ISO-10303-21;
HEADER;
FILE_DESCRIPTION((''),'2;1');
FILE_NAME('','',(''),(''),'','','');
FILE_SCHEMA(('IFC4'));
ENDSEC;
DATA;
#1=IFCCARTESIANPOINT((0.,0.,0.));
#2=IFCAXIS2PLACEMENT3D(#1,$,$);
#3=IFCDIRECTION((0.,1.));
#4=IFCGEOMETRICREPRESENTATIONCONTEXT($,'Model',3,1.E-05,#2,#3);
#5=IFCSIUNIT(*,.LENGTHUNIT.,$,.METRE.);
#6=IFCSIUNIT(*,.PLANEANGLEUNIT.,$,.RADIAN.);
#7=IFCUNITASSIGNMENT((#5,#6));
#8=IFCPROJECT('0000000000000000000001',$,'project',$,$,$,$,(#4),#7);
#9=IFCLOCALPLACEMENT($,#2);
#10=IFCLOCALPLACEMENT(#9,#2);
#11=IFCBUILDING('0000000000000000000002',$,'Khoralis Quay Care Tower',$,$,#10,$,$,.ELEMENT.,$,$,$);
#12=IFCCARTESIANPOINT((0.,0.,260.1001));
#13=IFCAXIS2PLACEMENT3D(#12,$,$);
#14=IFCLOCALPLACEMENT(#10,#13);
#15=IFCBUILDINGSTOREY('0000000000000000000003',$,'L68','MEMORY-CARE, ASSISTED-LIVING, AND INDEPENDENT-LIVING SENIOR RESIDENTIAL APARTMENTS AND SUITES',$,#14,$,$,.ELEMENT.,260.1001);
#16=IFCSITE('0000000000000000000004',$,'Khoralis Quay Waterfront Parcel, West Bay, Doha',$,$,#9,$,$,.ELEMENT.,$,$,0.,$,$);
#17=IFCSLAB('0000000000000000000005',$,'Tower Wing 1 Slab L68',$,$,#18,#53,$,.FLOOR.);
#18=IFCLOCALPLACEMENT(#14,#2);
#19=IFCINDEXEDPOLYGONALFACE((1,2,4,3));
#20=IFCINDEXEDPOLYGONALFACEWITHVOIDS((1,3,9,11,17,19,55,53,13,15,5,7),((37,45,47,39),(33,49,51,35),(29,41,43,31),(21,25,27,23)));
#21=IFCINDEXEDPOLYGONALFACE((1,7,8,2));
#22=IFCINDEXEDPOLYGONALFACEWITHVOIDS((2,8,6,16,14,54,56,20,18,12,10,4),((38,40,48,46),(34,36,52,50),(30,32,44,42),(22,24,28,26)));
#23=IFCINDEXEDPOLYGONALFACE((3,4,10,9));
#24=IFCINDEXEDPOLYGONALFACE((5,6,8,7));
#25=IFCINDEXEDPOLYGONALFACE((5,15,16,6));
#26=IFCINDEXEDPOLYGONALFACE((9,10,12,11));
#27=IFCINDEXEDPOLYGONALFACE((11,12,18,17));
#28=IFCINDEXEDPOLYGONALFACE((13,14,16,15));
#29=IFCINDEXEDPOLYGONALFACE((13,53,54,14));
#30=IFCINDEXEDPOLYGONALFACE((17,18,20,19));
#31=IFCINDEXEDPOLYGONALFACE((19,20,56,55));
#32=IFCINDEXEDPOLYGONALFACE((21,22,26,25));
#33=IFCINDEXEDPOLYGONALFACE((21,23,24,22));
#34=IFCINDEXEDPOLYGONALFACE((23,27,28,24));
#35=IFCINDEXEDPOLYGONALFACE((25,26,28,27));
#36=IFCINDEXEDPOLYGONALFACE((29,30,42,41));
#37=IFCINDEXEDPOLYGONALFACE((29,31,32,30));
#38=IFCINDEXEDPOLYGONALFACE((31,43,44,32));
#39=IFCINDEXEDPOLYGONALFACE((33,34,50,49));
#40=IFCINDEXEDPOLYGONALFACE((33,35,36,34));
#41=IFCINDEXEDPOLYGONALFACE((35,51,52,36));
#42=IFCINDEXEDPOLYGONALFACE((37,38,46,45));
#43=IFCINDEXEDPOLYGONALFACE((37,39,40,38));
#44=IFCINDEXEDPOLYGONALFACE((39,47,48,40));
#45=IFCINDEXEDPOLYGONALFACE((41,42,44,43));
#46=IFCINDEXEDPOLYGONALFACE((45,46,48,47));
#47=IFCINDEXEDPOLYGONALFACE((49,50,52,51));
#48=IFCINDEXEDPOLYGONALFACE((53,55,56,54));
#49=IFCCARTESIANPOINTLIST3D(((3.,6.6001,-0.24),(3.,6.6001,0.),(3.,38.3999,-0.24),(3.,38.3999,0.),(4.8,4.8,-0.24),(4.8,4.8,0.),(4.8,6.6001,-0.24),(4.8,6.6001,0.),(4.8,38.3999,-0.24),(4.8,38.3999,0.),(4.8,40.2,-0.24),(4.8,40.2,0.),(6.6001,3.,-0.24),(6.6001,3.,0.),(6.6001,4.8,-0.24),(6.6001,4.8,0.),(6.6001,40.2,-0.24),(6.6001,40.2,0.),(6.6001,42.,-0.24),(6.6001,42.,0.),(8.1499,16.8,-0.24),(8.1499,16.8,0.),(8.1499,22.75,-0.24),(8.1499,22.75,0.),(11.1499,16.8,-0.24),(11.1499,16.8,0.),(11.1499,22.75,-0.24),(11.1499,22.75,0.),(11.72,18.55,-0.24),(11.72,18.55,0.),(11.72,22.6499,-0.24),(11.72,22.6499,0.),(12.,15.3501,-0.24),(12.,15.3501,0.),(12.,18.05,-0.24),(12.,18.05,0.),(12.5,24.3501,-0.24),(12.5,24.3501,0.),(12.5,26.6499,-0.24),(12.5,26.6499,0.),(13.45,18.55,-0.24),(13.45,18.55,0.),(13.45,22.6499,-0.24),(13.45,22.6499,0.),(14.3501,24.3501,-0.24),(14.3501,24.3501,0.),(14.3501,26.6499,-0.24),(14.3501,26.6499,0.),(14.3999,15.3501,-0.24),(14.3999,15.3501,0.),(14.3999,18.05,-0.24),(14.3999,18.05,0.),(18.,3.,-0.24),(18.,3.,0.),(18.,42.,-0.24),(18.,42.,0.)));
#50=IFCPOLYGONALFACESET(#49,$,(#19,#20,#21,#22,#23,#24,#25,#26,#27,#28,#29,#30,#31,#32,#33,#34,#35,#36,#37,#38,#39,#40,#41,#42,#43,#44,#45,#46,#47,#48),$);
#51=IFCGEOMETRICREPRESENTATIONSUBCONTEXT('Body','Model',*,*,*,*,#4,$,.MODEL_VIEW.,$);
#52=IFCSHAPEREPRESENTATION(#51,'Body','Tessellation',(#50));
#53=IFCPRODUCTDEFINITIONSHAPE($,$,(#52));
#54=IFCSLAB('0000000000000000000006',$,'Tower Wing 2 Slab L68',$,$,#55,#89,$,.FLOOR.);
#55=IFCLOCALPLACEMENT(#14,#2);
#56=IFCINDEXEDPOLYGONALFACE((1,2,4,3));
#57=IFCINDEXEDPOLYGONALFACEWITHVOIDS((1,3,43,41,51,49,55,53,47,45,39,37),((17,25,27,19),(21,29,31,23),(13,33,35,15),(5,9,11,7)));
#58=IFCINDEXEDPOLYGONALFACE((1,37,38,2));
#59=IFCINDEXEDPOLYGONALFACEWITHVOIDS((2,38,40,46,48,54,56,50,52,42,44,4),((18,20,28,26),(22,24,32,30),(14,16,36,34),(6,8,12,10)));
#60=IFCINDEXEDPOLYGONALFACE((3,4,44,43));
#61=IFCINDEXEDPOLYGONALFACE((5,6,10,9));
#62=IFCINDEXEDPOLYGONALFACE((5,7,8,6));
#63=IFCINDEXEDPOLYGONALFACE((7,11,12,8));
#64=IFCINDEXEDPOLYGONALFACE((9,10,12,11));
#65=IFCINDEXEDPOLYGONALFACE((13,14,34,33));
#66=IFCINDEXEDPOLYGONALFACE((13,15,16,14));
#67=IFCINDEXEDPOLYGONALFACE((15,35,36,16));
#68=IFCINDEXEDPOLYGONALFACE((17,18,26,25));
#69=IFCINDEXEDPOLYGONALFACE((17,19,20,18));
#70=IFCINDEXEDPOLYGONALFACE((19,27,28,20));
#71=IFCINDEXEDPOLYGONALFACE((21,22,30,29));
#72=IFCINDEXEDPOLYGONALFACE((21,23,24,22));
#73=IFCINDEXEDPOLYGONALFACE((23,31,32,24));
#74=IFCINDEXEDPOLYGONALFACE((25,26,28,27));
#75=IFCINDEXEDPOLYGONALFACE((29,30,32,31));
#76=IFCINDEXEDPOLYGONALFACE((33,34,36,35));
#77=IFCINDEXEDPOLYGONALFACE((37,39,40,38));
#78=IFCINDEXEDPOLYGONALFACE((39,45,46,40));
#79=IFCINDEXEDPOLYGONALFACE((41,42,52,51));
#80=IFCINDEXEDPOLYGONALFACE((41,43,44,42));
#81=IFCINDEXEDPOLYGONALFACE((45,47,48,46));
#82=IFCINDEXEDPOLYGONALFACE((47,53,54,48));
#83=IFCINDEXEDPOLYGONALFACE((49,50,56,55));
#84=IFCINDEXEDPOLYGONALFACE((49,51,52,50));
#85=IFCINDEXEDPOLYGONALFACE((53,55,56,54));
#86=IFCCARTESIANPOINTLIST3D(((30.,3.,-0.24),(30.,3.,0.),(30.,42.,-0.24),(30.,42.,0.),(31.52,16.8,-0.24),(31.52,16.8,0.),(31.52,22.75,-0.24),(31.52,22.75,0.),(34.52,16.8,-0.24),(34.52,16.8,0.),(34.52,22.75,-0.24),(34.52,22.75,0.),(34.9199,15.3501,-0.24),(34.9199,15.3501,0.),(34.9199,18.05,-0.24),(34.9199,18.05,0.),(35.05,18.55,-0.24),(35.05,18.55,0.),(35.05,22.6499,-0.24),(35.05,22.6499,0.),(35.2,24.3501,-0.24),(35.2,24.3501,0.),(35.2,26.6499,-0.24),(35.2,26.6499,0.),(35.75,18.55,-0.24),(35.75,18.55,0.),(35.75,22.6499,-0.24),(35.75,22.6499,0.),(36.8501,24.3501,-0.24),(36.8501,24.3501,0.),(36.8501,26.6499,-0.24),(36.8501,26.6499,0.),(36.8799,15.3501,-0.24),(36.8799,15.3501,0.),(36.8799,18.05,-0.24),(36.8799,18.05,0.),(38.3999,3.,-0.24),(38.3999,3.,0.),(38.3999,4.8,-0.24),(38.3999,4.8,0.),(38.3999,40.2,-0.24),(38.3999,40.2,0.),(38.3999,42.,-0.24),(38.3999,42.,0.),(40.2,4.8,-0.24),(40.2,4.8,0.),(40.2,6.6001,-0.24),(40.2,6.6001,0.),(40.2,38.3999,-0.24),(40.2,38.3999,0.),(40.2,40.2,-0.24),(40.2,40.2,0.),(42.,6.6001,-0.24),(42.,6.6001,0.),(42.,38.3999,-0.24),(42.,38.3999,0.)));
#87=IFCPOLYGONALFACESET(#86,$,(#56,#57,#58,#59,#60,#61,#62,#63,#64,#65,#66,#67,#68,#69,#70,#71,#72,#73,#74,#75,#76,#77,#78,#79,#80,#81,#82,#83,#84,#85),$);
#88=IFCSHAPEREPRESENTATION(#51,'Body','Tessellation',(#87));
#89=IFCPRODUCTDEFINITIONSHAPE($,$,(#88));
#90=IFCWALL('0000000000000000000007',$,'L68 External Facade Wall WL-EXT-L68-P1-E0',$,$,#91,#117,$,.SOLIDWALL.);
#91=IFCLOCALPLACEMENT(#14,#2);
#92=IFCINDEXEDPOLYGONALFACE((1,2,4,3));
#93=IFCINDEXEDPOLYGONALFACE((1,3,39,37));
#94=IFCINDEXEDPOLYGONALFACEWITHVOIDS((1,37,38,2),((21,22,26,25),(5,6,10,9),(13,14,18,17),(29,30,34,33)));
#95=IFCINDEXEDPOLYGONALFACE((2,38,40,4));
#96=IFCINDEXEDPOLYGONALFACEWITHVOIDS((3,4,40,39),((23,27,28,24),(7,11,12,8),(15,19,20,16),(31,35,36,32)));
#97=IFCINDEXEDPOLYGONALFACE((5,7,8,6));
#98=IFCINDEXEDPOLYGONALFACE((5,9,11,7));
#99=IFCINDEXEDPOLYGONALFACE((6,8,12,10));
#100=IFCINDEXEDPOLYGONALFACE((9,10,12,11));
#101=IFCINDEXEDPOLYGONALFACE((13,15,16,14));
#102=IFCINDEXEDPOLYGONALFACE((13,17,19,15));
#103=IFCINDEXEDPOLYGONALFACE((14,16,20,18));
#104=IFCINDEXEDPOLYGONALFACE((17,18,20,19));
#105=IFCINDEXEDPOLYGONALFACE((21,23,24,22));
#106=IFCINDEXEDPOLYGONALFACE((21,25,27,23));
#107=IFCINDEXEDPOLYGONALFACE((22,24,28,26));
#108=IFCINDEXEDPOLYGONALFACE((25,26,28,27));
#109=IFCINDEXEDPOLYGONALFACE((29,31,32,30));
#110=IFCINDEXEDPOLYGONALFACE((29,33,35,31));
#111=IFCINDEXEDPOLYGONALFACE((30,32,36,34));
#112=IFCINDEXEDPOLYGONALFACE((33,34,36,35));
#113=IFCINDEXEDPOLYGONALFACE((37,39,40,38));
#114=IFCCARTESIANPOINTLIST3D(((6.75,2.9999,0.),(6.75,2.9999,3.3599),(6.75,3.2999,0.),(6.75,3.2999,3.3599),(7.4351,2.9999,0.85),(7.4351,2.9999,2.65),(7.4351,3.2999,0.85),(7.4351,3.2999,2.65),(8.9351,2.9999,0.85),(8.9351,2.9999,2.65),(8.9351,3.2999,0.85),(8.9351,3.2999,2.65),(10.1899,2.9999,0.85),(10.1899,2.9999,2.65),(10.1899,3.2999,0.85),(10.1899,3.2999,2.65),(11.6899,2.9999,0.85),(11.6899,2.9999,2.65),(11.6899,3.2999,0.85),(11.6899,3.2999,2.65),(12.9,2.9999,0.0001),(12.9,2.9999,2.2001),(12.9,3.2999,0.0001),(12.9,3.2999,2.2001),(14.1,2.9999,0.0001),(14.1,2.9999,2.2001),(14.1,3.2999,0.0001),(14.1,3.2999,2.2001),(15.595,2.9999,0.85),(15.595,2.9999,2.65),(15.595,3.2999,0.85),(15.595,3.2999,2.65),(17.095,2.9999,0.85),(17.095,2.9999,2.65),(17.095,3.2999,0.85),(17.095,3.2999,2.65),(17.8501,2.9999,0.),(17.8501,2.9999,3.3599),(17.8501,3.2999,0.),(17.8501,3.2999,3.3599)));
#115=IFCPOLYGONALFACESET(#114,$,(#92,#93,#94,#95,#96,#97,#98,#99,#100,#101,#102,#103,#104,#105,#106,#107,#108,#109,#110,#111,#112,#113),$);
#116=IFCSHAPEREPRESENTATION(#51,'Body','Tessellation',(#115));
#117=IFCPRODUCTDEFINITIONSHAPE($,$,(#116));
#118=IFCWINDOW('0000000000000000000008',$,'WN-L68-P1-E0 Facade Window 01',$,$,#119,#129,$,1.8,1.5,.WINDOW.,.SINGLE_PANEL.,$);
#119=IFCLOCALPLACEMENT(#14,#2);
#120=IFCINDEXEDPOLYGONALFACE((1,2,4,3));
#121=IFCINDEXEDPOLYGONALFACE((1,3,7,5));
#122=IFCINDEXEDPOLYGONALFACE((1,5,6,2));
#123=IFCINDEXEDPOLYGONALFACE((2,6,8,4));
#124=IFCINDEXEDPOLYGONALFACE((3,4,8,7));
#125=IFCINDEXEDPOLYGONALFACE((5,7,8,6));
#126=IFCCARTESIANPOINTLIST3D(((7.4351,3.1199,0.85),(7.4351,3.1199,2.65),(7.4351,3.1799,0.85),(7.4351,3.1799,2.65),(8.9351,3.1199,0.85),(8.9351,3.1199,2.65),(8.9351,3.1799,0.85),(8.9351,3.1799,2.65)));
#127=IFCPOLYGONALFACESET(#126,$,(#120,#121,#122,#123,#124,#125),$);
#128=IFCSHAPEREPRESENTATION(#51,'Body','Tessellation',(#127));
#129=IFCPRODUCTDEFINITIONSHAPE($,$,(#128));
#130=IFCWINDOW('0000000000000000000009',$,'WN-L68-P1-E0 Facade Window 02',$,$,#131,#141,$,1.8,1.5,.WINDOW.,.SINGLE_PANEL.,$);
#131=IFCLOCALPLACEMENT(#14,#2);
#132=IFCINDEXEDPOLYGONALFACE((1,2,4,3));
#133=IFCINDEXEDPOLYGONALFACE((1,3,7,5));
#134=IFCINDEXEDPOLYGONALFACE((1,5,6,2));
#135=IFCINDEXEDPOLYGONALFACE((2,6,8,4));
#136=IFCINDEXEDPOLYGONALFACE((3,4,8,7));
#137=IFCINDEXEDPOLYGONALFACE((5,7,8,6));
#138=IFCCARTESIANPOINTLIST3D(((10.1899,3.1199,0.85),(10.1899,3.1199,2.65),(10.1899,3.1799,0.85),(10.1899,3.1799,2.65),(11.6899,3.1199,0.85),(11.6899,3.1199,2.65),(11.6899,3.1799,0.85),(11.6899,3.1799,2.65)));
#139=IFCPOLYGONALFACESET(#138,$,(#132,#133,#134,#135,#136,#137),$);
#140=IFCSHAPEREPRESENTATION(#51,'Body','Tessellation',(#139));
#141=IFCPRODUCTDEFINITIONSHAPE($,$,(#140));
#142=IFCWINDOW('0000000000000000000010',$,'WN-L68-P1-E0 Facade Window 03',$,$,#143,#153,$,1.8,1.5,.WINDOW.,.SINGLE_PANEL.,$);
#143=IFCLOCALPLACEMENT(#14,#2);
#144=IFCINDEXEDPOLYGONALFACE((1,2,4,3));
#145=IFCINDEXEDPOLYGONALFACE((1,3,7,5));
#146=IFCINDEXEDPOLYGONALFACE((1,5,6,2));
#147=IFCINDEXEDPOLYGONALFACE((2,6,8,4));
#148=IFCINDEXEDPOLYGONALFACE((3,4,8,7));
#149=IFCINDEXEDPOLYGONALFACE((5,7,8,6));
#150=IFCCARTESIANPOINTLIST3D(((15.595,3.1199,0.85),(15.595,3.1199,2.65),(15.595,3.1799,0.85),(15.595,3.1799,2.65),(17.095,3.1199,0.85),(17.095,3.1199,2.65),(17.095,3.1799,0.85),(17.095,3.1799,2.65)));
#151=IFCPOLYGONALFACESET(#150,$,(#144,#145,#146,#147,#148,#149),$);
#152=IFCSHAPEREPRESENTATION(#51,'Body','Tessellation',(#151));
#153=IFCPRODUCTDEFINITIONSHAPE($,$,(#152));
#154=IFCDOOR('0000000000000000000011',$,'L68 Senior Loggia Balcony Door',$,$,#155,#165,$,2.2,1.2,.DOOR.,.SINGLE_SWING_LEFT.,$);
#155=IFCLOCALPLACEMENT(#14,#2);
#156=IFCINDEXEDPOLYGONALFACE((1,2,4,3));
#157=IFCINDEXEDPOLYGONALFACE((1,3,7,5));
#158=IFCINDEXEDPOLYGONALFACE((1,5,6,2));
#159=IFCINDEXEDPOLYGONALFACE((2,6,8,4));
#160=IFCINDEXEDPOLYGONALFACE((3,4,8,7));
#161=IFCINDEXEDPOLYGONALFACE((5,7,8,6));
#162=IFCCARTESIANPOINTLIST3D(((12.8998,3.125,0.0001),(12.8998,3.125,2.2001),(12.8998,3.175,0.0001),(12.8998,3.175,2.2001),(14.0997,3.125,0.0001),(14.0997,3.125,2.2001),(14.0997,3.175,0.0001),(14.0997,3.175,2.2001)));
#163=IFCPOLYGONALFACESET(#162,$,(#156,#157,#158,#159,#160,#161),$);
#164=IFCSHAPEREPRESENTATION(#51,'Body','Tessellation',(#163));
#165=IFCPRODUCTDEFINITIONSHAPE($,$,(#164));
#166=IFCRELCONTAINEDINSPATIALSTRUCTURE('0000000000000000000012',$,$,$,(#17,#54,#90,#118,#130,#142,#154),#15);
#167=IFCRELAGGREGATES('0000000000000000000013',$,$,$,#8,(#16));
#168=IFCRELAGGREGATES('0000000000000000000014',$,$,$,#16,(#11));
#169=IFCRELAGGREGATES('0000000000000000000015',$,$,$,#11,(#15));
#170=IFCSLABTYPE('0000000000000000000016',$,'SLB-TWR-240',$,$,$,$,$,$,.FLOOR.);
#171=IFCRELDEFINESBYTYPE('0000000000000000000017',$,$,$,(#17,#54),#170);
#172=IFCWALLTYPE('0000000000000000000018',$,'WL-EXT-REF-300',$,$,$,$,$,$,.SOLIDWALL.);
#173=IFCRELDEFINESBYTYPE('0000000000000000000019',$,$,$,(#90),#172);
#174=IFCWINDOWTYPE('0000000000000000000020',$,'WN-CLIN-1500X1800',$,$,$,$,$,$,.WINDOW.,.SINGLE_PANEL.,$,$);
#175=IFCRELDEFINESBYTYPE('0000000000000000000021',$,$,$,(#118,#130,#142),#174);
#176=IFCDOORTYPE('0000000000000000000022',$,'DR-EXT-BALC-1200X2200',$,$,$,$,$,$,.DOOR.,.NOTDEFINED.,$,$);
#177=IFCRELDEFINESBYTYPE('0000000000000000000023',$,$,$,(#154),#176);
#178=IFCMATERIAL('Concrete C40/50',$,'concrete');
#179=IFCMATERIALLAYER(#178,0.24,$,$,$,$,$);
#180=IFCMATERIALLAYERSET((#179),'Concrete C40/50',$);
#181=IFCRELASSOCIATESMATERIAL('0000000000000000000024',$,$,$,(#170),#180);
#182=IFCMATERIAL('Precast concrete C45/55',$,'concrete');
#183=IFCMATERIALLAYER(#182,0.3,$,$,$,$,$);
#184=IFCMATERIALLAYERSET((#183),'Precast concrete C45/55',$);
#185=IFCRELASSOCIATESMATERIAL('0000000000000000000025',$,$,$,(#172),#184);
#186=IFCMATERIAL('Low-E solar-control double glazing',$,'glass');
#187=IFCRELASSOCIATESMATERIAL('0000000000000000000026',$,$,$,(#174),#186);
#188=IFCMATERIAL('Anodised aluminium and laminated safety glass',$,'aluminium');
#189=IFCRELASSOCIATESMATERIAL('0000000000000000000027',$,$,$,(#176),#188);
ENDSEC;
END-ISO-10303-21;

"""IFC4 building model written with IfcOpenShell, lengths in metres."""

from ifc_helpers import new_model, si_unit, direction, frame, frame_2d, origin, place, context, subcontext, project, spatial, polyline, rectangle, outline, extrude, source, transform, mapped, material, layer, layer_set, type_object, element, fill, save


model = new_model("IFC4")

# Units and contexts
model_context = context("Model", 3, precision=1e-05, world=origin(), true_north=direction((0.0, 1.0)))
body_context = subcontext(model_context, "Body", "Model", "MODEL_VIEW")
ifc_project = project(units=[si_unit("LENGTHUNIT", "METRE"), si_unit("PLANEANGLEUNIT", "RADIAN")], contexts=[model_context])

# Site, building, storey
site_placement = place(None, origin())
site = spatial("IfcSite", under=ifc_project, at=site_placement, Name="Khoralis Quay Waterfront Parcel, West Bay, Doha", CompositionType="ELEMENT", RefElevation=0.0)
building_placement = place(site_placement, origin())
building = spatial("IfcBuilding", under=site, at=building_placement, Name="Khoralis Quay Care Tower", CompositionType="ELEMENT")
storey_placement = place(building_placement, frame((0.0, 0.0, 260.1001)))
storey = spatial("IfcBuildingStorey", under=building, at=storey_placement, Name="L68", Description="MEMORY-CARE, ASSISTED-LIVING, AND INDEPENDENT-LIVING SENIOR RESIDENTIAL APARTMENTS AND SUITES", CompositionType="ELEMENT", Elevation=260.1001)

# Shared definitions
ifc_material_1 = material(Name="Precast concrete C45/55", Category="concrete")

# Slabs
ifc_material_2 = material(Name="Concrete C40/50", Category="concrete")
ifc_layer_1 = layer(ifc_material_2, 0.24)
ifc_layer_set_1 = layer_set([ifc_layer_1], Name="Concrete C40/50")
slab_type_1 = type_object("IfcSlabType", Name="SLB-TWR-240", PredefinedType="FLOOR", material=ifc_layer_set_1)
slab_1_placement = place(storey_placement, frame((0.0, 0.0, -0.24)))
element("IfcSlab", 1, at=slab_1_placement, inside=storey, type_object=slab_type_1, Name="Tower Wing 1 Slab L68", PredefinedType="FLOOR", context=body_context, shape_type="SweptSolid", body=[
    extrude(outline(polyline([(6.6001, 3.0), (18.0, 3.0), (18.0, 42.0), (6.6001, 42.0), (6.6001, 40.2), (4.8, 40.2), (4.8, 38.3999), (3.0, 38.3999), (3.0, 6.6001), (4.8, 6.6001), (4.8, 4.8), (6.6001, 4.8), (6.6001, 3.0)]), holes=[polyline([(11.1499, 16.8), (11.1499, 22.75), (8.1499, 22.75), (8.1499, 16.8), (11.1499, 16.8)]), polyline([(12.0, 15.3501), (14.3999, 15.3501), (14.3999, 18.05), (12.0, 18.05), (12.0, 15.3501)]), polyline([(12.5, 24.3501), (14.3501, 24.3501), (14.3501, 26.6499), (12.5, 26.6499), (12.5, 24.3501)]), polyline([(11.72, 18.55), (13.45, 18.55), (13.45, 22.6499), (11.72, 22.6499), (11.72, 18.55)])]), origin(), (0.0, 0.0, 1.0), 0.24),
])
slab_2_placement = place(storey_placement, frame((0.0, 0.0, -0.24)))
element("IfcSlab", 2, at=slab_2_placement, inside=storey, type_object=slab_type_1, Name="Tower Wing 2 Slab L68", PredefinedType="FLOOR", context=body_context, shape_type="SweptSolid", body=[
    extrude(outline(polyline([(30.0, 3.0), (38.3999, 3.0), (38.3999, 4.8), (40.2, 4.8), (40.2, 6.6001), (42.0, 6.6001), (42.0, 38.3999), (40.2, 38.3999), (40.2, 40.2), (38.3999, 40.2), (38.3999, 42.0), (30.0, 42.0), (30.0, 3.0)]), holes=[polyline([(34.52, 16.8), (34.52, 22.75), (31.52, 22.75), (31.52, 16.8), (34.52, 16.8)]), polyline([(34.9199, 15.3501), (36.8799, 15.3501), (36.8799, 18.05), (34.9199, 18.05), (34.9199, 15.3501)]), polyline([(35.2, 24.3501), (36.8501, 24.3501), (36.8501, 26.6499), (35.2, 26.6499), (35.2, 24.3501)]), polyline([(35.05, 18.55), (35.75, 18.55), (35.75, 22.6499), (35.05, 22.6499), (35.05, 18.55)])]), origin(), (0.0, 0.0, 1.0), 0.24),
])

# Wall, openings, windows, door
ifc_layer_2 = layer(ifc_material_1, 0.3)
ifc_layer_set_2 = layer_set([ifc_layer_2], Name="Precast concrete C45/55")
wall_type_1 = type_object("IfcWallType", Name="WL-EXT-REF-300", PredefinedType="SOLIDWALL", material=ifc_layer_set_2)
wall_1_placement = place(storey_placement, frame((6.75, 3.1499, 0.0), z_axis=(0.0, 0.0, 1.0), x_axis=(1.0, 0.0, 0.0)))
wall_1 = element("IfcWall", 3, at=wall_1_placement, inside=storey, type_object=wall_type_1, Name="L68 External Facade Wall WL-EXT-L68-P1-E0", PredefinedType="SOLIDWALL", context=body_context, shape_type="SweptSolid", body=[
    extrude(rectangle(XDim=11.1001, YDim=0.3, at=frame_2d((5.55, 0.0))), origin(), (0.0, 0.0, 1.0), 3.3599),
])
opening_1_placement = place(wall_1_placement, frame((0.6851, 0.0, 0.8501)))
opening_1 = element("IfcOpeningElement", 4, at=opening_1_placement, cuts=wall_1, PredefinedType="OPENING", context=body_context, shape_type="SweptSolid", body=[
    extrude(rectangle(XDim=1.5, YDim=1.8, at=frame_2d((0.75, 0.8999))), frame((0.0, 0.1602, 0.0), z_axis=(0.0, -1.0, 0.0), x_axis=(1.0, 0.0, 0.0)), (0.0, 0.0, 1.0), 0.3201),
])
opening_2_placement = place(wall_1_placement, frame((3.4399, 0.0, 0.8501)))
opening_2 = element("IfcOpeningElement", 5, at=opening_2_placement, cuts=wall_1, PredefinedType="OPENING", context=body_context, shape_type="SweptSolid", body=[
    extrude(rectangle(XDim=1.5, YDim=1.8, at=frame_2d((0.75, 0.8999))), frame((0.0, 0.1602, 0.0), z_axis=(0.0, -1.0, 0.0), x_axis=(1.0, 0.0, 0.0)), (0.0, 0.0, 1.0), 0.3201),
])
opening_3_placement = place(wall_1_placement, frame((8.845, 0.0, 0.8501)))
opening_3 = element("IfcOpeningElement", 6, at=opening_3_placement, cuts=wall_1, PredefinedType="OPENING", context=body_context, shape_type="SweptSolid", body=[
    extrude(rectangle(XDim=1.5, YDim=1.8, at=frame_2d((0.75, 0.8999))), frame((0.0, 0.1602, 0.0), z_axis=(0.0, -1.0, 0.0), x_axis=(1.0, 0.0, 0.0)), (0.0, 0.0, 1.0), 0.3201),
])
opening_4_placement = place(wall_1_placement, frame((6.1499, 0.0, 0.0)))
opening_4 = element("IfcOpeningElement", 7, at=opening_4_placement, cuts=wall_1, PredefinedType="OPENING", context=body_context, shape_type="SweptSolid", body=[
    extrude(rectangle(XDim=1.2, YDim=2.2, at=frame_2d((0.6001, 1.1001))), frame((0.0, 0.1602, 0.0), z_axis=(0.0, -1.0, 0.0), x_axis=(1.0, 0.0, 0.0)), (0.0, 0.0, 1.0), 0.3201),
])
ifc_material_3 = material(Name="Low-E solar-control double glazing", Category="glass")
window_type = type_object("IfcWindowType", Name="WN-CLIN-1500X1800", PartitioningType="SINGLE_PANEL", PredefinedType="WINDOW", material=ifc_material_3)
shared_shape_1 = source(origin(), body_context, "Body", "SweptSolid", [
    extrude(rectangle(XDim=1.5, YDim=1.8, at=frame_2d((0.75, 0.8999))), frame((0.0, 0.03, 0.0), z_axis=(0.0, -1.0, 0.0), x_axis=(1.0, 0.0, 0.0)), (0.0, 0.0, 1.0), 0.0601),
])
window_1_placement = place(opening_1_placement, origin())
window_1 = element("IfcWindow", 8, at=window_1_placement, inside=storey, type_object=window_type, Name="WN-L68-P1-E0 Facade Window 01", OverallHeight=1.8, OverallWidth=1.5, PartitioningType="SINGLE_PANEL", PredefinedType="WINDOW", context=body_context, shape_type="MappedRepresentation", body=[
    mapped(shared_shape_1, transform((0.0, 0.0, 0.0), scale=1.0)),
])
fill(opening_1, window_1)
window_2_placement = place(opening_2_placement, origin())
window_2 = element("IfcWindow", 9, at=window_2_placement, inside=storey, type_object=window_type, Name="WN-L68-P1-E0 Facade Window 02", OverallHeight=1.8, OverallWidth=1.5, PartitioningType="SINGLE_PANEL", PredefinedType="WINDOW", context=body_context, shape_type="MappedRepresentation", body=[
    mapped(shared_shape_1, transform((0.0, 0.0, 0.0), scale=1.0)),
])
fill(opening_2, window_2)
window_3_placement = place(opening_3_placement, origin())
window_3 = element("IfcWindow", 10, at=window_3_placement, inside=storey, type_object=window_type, Name="WN-L68-P1-E0 Facade Window 03", OverallHeight=1.8, OverallWidth=1.5, PartitioningType="SINGLE_PANEL", PredefinedType="WINDOW", context=body_context, shape_type="MappedRepresentation", body=[
    mapped(shared_shape_1, transform((0.0, 0.0, 0.0), scale=1.0)),
])
fill(opening_3, window_3)
ifc_material_4 = material(Name="Anodised aluminium and laminated safety glass", Category="aluminium")
door_type = type_object("IfcDoorType", Name="DR-EXT-BALC-1200X2200", OperationType="NOTDEFINED", PredefinedType="DOOR", material=ifc_material_4)
shared_shape_2 = source(origin(), body_context, "Body", "SweptSolid", [
    extrude(rectangle(XDim=1.2, YDim=2.2, at=frame_2d((0.6001, 1.1001))), frame((0.0, 0.0249, 0.0), z_axis=(0.0, -1.0, 0.0), x_axis=(1.0, 0.0, 0.0)), (0.0, 0.0, 1.0), 0.05),
])
door_placement = place(opening_4_placement, frame((1.2, 0.0, 0.0), z_axis=(0.0, 0.0, 1.0), x_axis=(-1.0, 0.0, 0.0)))
door = element("IfcDoor", 11, at=door_placement, inside=storey, type_object=door_type, Name="L68 Senior Loggia Balcony Door", OperationType="SINGLE_SWING_LEFT", OverallHeight=2.2, OverallWidth=1.2, PredefinedType="DOOR", context=body_context, shape_type="MappedRepresentation", body=[
    mapped(shared_shape_2, transform((0.0, 0.0, 0.0), scale=1.0)),
])
fill(opening_4, door)

save(model, "model.ifc")
